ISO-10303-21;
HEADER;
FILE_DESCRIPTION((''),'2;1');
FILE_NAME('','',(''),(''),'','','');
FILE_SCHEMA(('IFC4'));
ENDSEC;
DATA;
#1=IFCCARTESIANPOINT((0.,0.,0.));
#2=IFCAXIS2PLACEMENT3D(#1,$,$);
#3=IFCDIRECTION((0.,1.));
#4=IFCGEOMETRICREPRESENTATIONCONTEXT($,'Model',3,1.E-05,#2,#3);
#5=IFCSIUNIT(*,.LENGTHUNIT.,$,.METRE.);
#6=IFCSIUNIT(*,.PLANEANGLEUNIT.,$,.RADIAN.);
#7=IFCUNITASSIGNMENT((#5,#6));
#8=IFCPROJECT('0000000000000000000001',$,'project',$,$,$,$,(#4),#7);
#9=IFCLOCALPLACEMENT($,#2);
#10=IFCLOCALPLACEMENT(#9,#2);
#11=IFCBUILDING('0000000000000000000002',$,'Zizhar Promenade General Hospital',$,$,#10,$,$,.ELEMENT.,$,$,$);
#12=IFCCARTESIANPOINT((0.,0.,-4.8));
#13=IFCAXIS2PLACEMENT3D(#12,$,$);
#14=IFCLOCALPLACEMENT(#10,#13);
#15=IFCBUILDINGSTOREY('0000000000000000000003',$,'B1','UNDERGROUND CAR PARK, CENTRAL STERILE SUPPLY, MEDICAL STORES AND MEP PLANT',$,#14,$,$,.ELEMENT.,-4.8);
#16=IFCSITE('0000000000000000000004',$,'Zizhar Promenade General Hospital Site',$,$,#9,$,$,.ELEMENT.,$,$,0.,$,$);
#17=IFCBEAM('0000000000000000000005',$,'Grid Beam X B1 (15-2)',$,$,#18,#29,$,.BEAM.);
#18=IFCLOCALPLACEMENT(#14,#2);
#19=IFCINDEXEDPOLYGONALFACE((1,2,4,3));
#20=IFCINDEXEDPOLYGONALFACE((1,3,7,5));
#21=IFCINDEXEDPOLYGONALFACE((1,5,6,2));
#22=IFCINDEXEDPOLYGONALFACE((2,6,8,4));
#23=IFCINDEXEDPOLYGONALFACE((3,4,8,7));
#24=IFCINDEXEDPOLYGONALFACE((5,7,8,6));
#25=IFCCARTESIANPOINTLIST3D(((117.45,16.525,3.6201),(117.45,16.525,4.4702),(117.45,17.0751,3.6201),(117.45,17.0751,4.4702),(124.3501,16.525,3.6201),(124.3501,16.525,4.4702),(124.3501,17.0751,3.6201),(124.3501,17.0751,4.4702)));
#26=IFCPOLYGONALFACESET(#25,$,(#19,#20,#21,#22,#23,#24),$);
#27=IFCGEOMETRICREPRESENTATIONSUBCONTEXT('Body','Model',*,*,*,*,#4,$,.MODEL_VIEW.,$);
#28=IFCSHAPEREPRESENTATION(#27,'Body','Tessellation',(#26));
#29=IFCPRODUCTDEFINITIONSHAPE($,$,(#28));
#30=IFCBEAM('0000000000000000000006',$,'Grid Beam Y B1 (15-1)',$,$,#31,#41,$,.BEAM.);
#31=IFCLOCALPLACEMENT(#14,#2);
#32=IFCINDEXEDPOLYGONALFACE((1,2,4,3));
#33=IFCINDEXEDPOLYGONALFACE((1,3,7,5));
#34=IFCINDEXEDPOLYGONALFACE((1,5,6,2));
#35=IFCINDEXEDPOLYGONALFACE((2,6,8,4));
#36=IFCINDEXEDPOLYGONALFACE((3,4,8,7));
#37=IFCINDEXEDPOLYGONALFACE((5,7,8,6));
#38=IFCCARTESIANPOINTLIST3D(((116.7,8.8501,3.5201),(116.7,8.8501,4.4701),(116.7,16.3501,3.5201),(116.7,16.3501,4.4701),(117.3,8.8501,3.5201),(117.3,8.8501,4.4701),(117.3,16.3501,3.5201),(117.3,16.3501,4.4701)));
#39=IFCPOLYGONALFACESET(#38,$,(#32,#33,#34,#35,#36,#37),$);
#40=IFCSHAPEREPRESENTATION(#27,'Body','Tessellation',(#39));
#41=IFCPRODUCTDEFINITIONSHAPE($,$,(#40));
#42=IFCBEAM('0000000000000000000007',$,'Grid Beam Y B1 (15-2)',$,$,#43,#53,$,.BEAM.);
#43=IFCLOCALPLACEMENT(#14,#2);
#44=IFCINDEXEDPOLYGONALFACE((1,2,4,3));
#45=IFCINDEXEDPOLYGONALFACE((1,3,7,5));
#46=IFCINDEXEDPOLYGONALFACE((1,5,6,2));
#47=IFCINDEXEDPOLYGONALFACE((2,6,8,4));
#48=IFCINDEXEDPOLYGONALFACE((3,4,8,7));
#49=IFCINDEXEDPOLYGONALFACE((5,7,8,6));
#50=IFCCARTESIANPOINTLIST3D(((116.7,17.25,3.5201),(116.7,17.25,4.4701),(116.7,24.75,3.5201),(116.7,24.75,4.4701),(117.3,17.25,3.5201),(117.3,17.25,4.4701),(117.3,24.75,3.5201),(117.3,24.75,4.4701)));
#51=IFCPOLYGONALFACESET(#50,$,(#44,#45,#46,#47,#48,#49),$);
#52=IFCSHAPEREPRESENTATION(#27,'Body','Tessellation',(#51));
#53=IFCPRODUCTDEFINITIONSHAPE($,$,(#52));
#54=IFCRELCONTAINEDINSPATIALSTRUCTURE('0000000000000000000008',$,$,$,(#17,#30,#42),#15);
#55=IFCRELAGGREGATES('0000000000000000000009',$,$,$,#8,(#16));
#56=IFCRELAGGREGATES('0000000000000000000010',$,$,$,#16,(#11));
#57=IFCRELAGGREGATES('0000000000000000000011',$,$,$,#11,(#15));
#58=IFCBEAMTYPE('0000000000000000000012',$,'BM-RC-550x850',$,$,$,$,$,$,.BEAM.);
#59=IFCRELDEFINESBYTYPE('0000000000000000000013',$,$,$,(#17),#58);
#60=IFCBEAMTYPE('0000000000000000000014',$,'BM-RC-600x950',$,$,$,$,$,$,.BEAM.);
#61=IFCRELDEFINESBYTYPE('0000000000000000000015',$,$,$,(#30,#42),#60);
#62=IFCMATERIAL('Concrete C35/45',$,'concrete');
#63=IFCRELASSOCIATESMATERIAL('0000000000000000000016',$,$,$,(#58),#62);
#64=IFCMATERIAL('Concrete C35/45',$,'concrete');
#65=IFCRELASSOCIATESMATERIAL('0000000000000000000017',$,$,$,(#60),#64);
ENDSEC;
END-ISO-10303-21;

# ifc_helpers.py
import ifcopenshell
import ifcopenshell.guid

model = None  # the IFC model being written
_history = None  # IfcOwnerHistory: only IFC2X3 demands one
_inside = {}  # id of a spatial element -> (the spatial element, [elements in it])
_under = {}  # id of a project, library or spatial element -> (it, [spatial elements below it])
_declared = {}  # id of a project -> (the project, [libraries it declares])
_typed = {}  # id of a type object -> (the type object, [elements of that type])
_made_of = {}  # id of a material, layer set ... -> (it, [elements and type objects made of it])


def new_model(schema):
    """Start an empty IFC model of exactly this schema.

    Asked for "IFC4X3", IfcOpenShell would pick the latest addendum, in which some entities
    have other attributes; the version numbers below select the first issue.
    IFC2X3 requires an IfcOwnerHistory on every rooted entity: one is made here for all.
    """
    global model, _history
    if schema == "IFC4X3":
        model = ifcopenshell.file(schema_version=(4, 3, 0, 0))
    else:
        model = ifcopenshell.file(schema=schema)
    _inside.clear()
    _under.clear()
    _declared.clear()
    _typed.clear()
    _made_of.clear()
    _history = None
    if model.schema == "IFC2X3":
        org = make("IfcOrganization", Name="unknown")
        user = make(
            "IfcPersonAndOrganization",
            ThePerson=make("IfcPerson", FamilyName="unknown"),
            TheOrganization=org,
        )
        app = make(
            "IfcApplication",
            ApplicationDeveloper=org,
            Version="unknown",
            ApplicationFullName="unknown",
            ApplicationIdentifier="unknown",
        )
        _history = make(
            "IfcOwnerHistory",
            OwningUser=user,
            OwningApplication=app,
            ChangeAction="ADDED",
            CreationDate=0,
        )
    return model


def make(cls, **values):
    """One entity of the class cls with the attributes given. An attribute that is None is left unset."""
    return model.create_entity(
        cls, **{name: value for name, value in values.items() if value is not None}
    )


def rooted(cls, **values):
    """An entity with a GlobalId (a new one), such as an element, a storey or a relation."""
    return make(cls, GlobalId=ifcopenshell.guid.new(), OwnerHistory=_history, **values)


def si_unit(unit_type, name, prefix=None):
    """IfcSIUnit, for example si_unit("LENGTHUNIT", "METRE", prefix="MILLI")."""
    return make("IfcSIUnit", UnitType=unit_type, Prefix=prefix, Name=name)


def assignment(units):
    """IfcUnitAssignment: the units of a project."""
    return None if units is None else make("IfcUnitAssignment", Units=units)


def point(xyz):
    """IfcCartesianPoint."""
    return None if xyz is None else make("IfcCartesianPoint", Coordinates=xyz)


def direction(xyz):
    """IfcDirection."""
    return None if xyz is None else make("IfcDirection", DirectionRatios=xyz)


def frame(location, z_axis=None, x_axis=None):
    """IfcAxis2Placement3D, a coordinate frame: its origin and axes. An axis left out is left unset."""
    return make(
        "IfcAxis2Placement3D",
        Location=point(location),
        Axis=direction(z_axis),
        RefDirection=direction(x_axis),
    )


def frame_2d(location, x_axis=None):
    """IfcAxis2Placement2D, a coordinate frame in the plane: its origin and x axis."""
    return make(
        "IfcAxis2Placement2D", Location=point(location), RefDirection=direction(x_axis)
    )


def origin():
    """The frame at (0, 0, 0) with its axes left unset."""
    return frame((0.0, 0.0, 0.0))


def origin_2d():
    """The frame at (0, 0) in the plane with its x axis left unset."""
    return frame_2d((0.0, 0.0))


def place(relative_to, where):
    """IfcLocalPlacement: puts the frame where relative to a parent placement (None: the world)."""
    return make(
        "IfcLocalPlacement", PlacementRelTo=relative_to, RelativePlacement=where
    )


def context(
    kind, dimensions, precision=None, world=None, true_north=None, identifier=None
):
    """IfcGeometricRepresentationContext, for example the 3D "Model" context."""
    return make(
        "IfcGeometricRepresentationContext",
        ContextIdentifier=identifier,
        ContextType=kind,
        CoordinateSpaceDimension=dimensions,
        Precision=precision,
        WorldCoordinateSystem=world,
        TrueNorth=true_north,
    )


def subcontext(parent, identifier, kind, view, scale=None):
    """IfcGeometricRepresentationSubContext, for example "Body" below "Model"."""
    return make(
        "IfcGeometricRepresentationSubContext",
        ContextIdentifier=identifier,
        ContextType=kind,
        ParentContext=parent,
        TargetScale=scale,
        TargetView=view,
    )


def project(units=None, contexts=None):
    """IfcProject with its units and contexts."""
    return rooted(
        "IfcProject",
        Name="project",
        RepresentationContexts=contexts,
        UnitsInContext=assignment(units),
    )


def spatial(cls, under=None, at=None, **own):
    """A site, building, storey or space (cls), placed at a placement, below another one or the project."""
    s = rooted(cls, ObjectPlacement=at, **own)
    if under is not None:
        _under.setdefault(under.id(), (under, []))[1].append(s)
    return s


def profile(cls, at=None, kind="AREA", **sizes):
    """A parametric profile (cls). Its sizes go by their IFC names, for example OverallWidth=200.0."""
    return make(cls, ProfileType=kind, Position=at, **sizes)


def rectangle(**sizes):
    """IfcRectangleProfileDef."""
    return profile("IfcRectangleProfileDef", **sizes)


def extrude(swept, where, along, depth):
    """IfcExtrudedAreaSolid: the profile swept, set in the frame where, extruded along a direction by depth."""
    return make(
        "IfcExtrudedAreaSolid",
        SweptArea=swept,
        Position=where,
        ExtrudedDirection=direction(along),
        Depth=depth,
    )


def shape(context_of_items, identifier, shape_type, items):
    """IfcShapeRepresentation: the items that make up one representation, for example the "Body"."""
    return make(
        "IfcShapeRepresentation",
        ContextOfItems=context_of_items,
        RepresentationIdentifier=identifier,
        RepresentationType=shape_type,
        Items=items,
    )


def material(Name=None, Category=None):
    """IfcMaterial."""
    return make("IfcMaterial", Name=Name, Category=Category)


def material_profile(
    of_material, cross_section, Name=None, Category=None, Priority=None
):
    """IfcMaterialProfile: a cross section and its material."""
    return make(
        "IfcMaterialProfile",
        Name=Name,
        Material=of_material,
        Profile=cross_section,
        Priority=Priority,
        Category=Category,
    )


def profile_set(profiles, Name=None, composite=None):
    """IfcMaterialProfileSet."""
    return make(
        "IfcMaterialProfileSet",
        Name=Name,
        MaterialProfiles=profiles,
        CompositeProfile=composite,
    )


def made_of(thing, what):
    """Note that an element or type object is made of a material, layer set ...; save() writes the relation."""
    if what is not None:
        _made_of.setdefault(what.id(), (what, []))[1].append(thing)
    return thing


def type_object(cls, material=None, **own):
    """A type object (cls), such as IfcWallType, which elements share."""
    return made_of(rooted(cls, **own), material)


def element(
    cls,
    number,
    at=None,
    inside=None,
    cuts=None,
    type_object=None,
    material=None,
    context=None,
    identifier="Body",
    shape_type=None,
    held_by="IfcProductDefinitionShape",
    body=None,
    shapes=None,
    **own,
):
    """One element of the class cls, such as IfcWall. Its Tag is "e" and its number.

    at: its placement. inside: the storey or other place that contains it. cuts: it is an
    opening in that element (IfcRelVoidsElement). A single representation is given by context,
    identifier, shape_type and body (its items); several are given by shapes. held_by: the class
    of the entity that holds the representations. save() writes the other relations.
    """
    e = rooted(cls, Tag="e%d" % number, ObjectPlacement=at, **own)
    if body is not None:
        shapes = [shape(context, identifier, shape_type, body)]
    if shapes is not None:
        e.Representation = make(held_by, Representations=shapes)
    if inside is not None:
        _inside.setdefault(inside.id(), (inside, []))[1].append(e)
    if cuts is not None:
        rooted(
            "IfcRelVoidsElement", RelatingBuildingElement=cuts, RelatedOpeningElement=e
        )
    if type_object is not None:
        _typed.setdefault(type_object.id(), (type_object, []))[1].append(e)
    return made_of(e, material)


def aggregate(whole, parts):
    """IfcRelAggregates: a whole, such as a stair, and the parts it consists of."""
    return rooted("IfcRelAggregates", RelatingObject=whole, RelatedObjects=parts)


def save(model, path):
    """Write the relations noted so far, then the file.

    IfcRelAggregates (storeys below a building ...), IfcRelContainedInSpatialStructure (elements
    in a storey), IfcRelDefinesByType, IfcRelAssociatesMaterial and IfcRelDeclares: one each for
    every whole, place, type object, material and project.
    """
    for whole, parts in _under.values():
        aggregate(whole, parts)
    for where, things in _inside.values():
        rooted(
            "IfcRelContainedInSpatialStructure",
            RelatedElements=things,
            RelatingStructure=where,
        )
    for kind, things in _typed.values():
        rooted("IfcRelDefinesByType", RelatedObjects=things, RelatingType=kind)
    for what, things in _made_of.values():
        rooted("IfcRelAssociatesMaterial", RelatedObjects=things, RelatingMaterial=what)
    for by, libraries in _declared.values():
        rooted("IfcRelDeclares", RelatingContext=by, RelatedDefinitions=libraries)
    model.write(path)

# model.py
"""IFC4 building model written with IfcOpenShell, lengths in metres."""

from ifc_helpers import new_model, si_unit, direction, frame, origin, origin_2d, place, context, subcontext, project, spatial, rectangle, extrude, material, material_profile, profile_set, type_object, element, save


model = new_model("IFC4")

# Units and contexts
model_context = context("Model", 3, precision=1e-05, world=origin(), true_north=direction((0.0, 1.0)))
body_context = subcontext(model_context, "Body", "Model", "MODEL_VIEW")
ifc_project = project(units=[si_unit("LENGTHUNIT", "METRE"), si_unit("PLANEANGLEUNIT", "RADIAN")], contexts=[model_context])

# Site, building, storey
site_placement = place(None, origin())
site = spatial("IfcSite", under=ifc_project, at=site_placement, Name="Zizhar Promenade General Hospital Site", CompositionType="ELEMENT", RefElevation=0.0)
building_placement = place(site_placement, origin())
building = spatial("IfcBuilding", under=site, at=building_placement, Name="Zizhar Promenade General Hospital", CompositionType="ELEMENT")
storey_placement = place(building_placement, frame((0.0, 0.0, -4.8)))
storey = spatial("IfcBuildingStorey", under=building, at=storey_placement, Name="B1", Description="UNDERGROUND CAR PARK, CENTRAL STERILE SUPPLY, MEDICAL STORES AND MEP PLANT", CompositionType="ELEMENT", Elevation=-4.8)

# Beams
ifc_material_1 = material(Name="Concrete C35/45", Category="concrete")
ifc_material_profile_1 = material_profile(ifc_material_1, rectangle(XDim=0.55, YDim=0.8501, at=origin_2d()))
ifc_profile_set_1 = profile_set([ifc_material_profile_1], Name="Concrete C35/45")
beam_type_1 = type_object("IfcBeamType", Name="BM-RC-550x850", PredefinedType="BEAM", material=ifc_profile_set_1)
for number, where, z_axis, x_axis, name in (
    (1, (117.45, 16.8, 4.0452), (1.0, 0.0, 0.0), (0.0, 1.0, 0.0), "Grid Beam X B1 (15-2)"),
):
    element("IfcBeam", number, at=place(storey_placement, frame(where, z_axis=z_axis, x_axis=x_axis)), inside=storey, type_object=beam_type_1, Name=name, PredefinedType="BEAM", context=body_context, shape_type="SweptSolid", body=[
        extrude(rectangle(XDim=0.55, YDim=0.8501, at=origin_2d()), origin(), (0.0, 0.0, 1.0), 6.9001),
    ])
ifc_material_2 = material(Name="Concrete C35/45", Category="concrete")
ifc_material_profile_2 = material_profile(ifc_material_2, rectangle(XDim=0.6001, YDim=0.95, at=origin_2d()))
ifc_profile_set_2 = profile_set([ifc_material_profile_2], Name="Concrete C35/45")
beam_type_2 = type_object("IfcBeamType", Name="BM-RC-600x950", PredefinedType="BEAM", material=ifc_profile_set_2)
for number, where, z_axis, x_axis, name in (
    (2, (117.0, 8.8501, 3.9951), (0.0, 1.0, 0.0), (-1.0, 0.0, 0.0), "Grid Beam Y B1 (15-1)"),
    (3, (117.0, 17.25, 3.9951), (0.0, 1.0, 0.0), (-1.0, 0.0, 0.0), "Grid Beam Y B1 (15-2)"),
):
    element("IfcBeam", number, at=place(storey_placement, frame(where, z_axis=z_axis, x_axis=x_axis)), inside=storey, type_object=beam_type_2, Name=name, PredefinedType="BEAM", context=body_context, shape_type="SweptSolid", body=[
        extrude(rectangle(XDim=0.6001, YDim=0.95, at=origin_2d()), origin(), (0.0, 0.0, 1.0), 7.5),
    ])

save(model, "model.ifc")
